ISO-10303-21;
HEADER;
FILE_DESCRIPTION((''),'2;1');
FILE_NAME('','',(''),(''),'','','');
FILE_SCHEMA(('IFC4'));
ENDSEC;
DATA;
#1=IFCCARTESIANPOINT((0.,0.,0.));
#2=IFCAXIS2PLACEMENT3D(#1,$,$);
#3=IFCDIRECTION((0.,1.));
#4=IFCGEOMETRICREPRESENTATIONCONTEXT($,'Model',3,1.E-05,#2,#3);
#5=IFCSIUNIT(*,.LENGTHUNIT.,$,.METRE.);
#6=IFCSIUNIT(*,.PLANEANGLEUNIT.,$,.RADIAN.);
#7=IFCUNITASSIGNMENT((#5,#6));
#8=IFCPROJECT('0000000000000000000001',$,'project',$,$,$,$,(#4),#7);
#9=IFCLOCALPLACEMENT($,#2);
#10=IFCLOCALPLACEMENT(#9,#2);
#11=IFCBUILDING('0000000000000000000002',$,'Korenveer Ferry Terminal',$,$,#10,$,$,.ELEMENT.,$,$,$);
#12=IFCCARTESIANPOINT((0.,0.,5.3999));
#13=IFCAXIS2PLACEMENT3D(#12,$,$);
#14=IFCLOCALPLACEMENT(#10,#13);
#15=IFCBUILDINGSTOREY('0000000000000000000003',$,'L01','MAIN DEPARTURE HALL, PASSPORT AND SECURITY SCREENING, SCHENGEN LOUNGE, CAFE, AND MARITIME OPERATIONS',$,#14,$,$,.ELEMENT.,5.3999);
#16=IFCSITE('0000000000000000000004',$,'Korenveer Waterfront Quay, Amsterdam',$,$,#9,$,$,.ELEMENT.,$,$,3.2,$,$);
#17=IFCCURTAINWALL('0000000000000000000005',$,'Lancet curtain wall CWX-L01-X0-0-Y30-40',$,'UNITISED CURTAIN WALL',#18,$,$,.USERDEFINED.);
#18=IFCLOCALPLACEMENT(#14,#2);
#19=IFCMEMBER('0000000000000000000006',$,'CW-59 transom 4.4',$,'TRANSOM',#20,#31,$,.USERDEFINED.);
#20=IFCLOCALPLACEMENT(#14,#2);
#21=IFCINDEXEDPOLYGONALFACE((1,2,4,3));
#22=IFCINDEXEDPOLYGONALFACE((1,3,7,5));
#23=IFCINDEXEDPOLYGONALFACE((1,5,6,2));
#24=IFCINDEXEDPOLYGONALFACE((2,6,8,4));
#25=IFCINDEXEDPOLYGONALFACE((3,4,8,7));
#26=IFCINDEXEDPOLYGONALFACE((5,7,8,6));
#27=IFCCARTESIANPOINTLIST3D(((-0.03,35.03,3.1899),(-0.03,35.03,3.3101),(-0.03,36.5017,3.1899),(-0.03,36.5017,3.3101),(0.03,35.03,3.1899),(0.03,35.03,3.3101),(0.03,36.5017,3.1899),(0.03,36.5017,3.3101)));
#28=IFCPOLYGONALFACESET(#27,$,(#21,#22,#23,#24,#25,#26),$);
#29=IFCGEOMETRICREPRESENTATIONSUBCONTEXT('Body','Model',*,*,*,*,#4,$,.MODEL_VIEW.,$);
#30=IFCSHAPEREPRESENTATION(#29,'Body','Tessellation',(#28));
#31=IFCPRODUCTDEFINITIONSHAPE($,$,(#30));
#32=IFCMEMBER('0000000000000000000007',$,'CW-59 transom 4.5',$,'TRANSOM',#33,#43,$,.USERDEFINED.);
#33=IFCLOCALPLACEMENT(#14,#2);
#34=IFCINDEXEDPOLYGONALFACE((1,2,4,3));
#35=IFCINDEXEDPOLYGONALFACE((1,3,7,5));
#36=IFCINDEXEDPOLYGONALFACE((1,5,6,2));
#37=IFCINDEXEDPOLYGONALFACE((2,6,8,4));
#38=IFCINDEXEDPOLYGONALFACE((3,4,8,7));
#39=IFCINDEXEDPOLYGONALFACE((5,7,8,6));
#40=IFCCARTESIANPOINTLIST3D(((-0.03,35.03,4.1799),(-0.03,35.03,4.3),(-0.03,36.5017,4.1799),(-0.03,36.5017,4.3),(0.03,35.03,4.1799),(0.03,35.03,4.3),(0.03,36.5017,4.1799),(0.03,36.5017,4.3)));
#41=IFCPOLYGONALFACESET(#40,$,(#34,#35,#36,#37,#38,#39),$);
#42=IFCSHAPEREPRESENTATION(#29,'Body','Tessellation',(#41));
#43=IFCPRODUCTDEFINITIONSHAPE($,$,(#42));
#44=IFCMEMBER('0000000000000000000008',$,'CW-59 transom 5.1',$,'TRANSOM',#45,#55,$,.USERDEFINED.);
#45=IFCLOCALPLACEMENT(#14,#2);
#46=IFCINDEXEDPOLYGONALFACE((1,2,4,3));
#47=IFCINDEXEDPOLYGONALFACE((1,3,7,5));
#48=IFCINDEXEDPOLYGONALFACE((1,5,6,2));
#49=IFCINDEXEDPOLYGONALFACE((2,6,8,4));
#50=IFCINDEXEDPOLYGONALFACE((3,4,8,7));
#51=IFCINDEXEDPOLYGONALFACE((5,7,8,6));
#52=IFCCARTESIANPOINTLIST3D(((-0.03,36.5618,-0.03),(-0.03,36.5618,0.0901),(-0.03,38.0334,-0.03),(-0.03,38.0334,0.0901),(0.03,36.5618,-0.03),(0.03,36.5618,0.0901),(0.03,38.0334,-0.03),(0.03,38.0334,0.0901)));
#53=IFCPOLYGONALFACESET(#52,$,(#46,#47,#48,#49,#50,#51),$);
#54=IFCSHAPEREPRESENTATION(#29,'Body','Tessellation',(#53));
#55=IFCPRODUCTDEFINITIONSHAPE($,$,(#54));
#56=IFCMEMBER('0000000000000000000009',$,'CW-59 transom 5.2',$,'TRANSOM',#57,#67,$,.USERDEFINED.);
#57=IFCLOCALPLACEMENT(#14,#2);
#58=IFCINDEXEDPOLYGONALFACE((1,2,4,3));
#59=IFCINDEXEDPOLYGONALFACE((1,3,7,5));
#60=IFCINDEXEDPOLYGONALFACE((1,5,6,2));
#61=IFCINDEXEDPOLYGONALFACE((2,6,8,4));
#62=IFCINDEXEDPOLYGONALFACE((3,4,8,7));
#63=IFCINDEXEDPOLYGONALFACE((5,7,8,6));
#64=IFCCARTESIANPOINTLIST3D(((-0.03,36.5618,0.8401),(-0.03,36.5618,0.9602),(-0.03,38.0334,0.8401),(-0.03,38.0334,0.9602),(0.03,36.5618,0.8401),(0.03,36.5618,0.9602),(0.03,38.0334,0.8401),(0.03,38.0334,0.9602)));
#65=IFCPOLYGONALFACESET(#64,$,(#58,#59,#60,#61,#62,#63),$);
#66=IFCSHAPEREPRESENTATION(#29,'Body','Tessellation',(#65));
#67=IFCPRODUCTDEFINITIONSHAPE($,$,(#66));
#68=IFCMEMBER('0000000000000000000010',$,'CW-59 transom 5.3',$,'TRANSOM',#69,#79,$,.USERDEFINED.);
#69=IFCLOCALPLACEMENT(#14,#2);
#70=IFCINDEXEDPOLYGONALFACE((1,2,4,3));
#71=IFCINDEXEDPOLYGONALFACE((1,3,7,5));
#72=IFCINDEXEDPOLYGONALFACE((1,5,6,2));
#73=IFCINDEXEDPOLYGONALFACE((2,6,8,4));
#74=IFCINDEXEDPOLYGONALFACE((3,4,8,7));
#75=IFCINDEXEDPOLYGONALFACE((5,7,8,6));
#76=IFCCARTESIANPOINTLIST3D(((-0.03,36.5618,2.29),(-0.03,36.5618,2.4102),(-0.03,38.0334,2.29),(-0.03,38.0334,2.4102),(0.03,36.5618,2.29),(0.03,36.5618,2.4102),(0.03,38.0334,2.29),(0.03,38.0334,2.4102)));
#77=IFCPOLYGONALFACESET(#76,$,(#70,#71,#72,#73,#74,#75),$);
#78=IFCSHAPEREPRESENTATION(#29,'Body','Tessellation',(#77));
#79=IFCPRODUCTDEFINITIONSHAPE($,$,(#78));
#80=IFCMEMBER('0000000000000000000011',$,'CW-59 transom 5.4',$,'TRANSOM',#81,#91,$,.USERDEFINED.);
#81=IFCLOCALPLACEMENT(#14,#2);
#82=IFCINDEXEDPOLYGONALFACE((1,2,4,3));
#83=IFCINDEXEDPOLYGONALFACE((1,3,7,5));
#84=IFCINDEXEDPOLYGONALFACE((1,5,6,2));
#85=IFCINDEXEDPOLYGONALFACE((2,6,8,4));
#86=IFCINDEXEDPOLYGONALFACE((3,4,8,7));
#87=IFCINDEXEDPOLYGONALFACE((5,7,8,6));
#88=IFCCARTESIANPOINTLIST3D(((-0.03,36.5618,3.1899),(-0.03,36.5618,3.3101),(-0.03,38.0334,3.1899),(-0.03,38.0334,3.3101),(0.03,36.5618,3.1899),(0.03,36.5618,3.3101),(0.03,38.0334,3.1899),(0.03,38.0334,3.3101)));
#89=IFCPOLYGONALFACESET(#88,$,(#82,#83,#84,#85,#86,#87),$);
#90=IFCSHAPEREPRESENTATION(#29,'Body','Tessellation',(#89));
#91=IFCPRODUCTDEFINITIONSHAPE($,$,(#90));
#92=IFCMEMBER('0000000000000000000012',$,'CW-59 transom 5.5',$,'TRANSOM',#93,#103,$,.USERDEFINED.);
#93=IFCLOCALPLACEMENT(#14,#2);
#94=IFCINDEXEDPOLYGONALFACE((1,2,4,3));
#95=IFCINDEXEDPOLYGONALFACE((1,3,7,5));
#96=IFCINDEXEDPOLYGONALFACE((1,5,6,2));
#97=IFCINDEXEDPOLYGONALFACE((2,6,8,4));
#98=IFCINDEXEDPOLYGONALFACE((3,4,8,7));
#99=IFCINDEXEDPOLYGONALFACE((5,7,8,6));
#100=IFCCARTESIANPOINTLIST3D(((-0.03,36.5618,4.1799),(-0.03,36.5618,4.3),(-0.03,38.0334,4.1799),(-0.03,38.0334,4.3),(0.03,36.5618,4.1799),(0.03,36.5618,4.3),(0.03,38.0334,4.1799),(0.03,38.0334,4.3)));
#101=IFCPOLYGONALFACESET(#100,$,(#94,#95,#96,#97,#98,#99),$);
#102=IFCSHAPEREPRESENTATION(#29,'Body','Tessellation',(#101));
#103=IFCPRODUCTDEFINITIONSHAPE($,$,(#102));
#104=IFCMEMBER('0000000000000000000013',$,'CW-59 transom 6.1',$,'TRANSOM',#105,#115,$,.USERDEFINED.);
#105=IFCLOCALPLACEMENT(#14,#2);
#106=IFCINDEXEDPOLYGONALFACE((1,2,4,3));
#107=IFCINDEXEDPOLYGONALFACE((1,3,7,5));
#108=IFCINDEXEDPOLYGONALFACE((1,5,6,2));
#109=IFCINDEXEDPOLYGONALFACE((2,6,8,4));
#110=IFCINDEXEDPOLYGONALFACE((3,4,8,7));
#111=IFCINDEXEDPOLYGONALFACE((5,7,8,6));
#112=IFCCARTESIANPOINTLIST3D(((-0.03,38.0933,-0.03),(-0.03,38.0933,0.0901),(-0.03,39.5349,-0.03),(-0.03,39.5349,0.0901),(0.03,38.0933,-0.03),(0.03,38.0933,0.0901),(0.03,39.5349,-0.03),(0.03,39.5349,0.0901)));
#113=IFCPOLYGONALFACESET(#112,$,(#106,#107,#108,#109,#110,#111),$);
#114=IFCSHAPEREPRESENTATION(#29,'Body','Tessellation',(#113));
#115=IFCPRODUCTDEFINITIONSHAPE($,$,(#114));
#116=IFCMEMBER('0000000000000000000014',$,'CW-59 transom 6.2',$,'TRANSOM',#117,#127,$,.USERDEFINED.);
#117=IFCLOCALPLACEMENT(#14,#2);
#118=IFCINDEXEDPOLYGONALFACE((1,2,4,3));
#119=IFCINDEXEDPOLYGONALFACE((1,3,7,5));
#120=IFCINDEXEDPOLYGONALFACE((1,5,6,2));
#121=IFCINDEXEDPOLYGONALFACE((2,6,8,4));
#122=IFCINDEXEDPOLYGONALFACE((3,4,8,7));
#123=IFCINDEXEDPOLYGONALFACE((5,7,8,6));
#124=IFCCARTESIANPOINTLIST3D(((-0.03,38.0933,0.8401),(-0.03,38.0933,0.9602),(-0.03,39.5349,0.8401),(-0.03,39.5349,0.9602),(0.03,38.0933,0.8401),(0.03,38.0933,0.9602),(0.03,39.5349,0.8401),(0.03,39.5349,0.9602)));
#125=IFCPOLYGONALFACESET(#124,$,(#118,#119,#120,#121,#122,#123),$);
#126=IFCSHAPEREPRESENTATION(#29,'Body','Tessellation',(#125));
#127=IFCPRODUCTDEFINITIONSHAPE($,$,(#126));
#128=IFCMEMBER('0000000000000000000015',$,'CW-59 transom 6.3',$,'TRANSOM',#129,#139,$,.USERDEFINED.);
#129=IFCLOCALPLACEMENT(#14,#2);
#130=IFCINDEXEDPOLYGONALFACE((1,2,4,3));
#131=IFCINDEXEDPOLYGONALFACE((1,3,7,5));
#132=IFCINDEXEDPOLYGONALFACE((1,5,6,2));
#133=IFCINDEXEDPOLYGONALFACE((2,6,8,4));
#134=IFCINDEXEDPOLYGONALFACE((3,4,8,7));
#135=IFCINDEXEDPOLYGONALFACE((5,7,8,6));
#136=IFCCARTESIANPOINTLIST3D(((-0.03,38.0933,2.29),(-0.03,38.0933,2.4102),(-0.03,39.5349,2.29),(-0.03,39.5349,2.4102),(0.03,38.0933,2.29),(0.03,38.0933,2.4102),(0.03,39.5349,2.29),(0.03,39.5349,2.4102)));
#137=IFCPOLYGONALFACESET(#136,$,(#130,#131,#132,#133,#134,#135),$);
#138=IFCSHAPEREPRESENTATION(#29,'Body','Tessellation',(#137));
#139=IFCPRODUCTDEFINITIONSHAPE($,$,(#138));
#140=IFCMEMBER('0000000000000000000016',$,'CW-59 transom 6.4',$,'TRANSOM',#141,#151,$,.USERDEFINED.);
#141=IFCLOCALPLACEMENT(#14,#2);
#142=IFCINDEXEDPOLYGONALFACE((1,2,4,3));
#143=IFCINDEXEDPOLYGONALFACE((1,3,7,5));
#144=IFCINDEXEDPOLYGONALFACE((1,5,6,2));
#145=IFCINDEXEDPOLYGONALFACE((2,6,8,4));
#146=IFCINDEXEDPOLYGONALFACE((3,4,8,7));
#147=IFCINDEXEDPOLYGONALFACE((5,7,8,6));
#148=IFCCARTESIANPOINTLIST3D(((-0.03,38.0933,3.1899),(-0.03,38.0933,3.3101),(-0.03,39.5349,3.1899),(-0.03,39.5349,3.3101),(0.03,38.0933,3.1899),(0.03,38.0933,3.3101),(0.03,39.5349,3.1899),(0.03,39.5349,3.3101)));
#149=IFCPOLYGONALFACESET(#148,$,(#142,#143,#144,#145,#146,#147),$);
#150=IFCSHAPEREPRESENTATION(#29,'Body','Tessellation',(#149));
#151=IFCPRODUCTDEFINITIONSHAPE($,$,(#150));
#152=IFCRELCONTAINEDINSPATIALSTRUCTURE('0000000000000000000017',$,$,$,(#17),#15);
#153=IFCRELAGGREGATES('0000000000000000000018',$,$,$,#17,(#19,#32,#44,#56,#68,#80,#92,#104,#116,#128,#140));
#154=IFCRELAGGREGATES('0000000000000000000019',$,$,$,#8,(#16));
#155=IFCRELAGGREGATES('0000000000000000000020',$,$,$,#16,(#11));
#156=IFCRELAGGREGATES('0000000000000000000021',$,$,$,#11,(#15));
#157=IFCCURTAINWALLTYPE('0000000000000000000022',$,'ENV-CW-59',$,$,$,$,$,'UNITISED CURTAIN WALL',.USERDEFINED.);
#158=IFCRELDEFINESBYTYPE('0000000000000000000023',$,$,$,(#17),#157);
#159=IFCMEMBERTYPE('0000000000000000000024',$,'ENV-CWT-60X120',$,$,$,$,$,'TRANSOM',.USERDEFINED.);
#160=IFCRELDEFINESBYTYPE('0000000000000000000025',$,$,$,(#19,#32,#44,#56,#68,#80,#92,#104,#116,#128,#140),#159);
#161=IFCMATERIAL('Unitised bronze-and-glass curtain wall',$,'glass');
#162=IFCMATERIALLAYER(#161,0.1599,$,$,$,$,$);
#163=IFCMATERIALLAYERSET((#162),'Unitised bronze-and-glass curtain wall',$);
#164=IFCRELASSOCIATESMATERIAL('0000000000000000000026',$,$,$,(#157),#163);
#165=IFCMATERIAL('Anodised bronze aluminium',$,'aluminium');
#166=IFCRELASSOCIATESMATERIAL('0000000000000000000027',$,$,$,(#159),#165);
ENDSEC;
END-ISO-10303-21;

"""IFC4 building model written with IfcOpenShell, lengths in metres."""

from ifc_helpers import new_model, si_unit, direction, frame, origin, origin_2d, place, context, subcontext, project, spatial, rectangle, extrude, material, layer, layer_set, material_profile, profile_set, type_object, element, aggregate, save


model = new_model("IFC4")

# Units and contexts
model_context = context("Model", 3, precision=1e-05, world=origin(), true_north=direction((0.0, 1.0)))
body_context = subcontext(model_context, "Body", "Model", "MODEL_VIEW")
ifc_project = project(units=[si_unit("LENGTHUNIT", "METRE"), si_unit("PLANEANGLEUNIT", "RADIAN")], contexts=[model_context])

# Site, building, storey
site_placement = place(None, origin())
site = spatial("IfcSite", under=ifc_project, at=site_placement, Name="Korenveer Waterfront Quay, Amsterdam", CompositionType="ELEMENT", RefElevation=3.2)
building_placement = place(site_placement, origin())
building = spatial("IfcBuilding", under=site, at=building_placement, Name="Korenveer Ferry Terminal", CompositionType="ELEMENT")
storey_placement = place(building_placement, frame((0.0, 0.0, 5.3999)))
storey = spatial("IfcBuildingStorey", under=building, at=storey_placement, Name="L01", Description="MAIN DEPARTURE HALL, PASSPORT AND SECURITY SCREENING, SCHENGEN LOUNGE, CAFE, AND MARITIME OPERATIONS", CompositionType="ELEMENT", Elevation=5.3999)

# Curtain wall, members
ifc_material_1 = material(Name="Unitised bronze-and-glass curtain wall", Category="glass")
ifc_layer_1 = layer(ifc_material_1, 0.1599)
ifc_layer_set_1 = layer_set([ifc_layer_1], Name="Unitised bronze-and-glass curtain wall")
curtain_wall_type = type_object("IfcCurtainWallType", Name="ENV-CW-59", ElementType="UNITISED CURTAIN WALL", PredefinedType="USERDEFINED", material=ifc_layer_set_1)
curtain_wall_placement = place(storey_placement, frame((0.0, 30.405, 0.0)))
curtain_wall = element("IfcCurtainWall", 1, at=curtain_wall_placement, inside=storey, type_object=curtain_wall_type, Name="Lancet curtain wall CWX-L01-X0-0-Y30-40", ObjectType="UNITISED CURTAIN WALL", PredefinedType="USERDEFINED")
ifc_material_2 = material(Name="Anodised bronze aluminium", Category="aluminium")
ifc_material_profile_1 = material_profile(ifc_material_2, rectangle(XDim=0.0601, YDim=0.1201, at=origin_2d()), Name="ALU 60x120")
ifc_profile_set_1 = profile_set([ifc_material_profile_1], Name="Anodised bronze aluminium")
member_type_1 = type_object("IfcMemberType", Name="ENV-CWT-60X120", ElementType="TRANSOM", PredefinedType="USERDEFINED", material=ifc_profile_set_1)
member_1_placement = place(storey_placement, frame((0.0, 35.03, 3.25), z_axis=(0.0, 1.0, 0.0), x_axis=(-1.0, 0.0, 0.0)))
member_1 = element("IfcMember", 2, at=member_1_placement, type_object=member_type_1, Name="CW-59 transom 4.4", ObjectType="TRANSOM", PredefinedType="USERDEFINED", context=body_context, shape_type="SweptSolid", body=[
    extrude(rectangle(XDim=0.0601, YDim=0.1201, at=origin_2d()), origin(), (0.0, 0.0, 1.0), 1.4717),
])
member_2_placement = place(storey_placement, frame((0.0, 35.03, 4.24), z_axis=(0.0, 1.0, 0.0), x_axis=(-1.0, 0.0, 0.0)))
member_2 = element("IfcMember", 3, at=member_2_placement, type_object=member_type_1, Name="CW-59 transom 4.5", ObjectType="TRANSOM", PredefinedType="USERDEFINED", context=body_context, shape_type="SweptSolid", body=[
    extrude(rectangle(XDim=0.0601, YDim=0.1201, at=origin_2d()), origin(), (0.0, 0.0, 1.0), 1.4717),
])
member_3_placement = place(storey_placement, frame((0.0, 36.5618, 0.03), z_axis=(0.0, 1.0, 0.0), x_axis=(-1.0, 0.0, 0.0)))
member_3 = element("IfcMember", 4, at=member_3_placement, type_object=member_type_1, Name="CW-59 transom 5.1", ObjectType="TRANSOM", PredefinedType="USERDEFINED", context=body_context, shape_type="SweptSolid", body=[
    extrude(rectangle(XDim=0.0601, YDim=0.1201, at=origin_2d()), origin(), (0.0, 0.0, 1.0), 1.4717),
])
member_4_placement = place(storey_placement, frame((0.0, 36.5618, 0.9001), z_axis=(0.0, 1.0, 0.0), x_axis=(-1.0, 0.0, 0.0)))
member_4 = element("IfcMember", 5, at=member_4_placement, type_object=member_type_1, Name="CW-59 transom 5.2", ObjectType="TRANSOM", PredefinedType="USERDEFINED", context=body_context, shape_type="SweptSolid", body=[
    extrude(rectangle(XDim=0.0601, YDim=0.1201, at=origin_2d()), origin(), (0.0, 0.0, 1.0), 1.4717),
])
member_5_placement = place(storey_placement, frame((0.0, 36.5618, 2.3501), z_axis=(0.0, 1.0, 0.0), x_axis=(-1.0, 0.0, 0.0)))
member_5 = element("IfcMember", 6, at=member_5_placement, type_object=member_type_1, Name="CW-59 transom 5.3", ObjectType="TRANSOM", PredefinedType="USERDEFINED", context=body_context, shape_type="SweptSolid", body=[
    extrude(rectangle(XDim=0.0601, YDim=0.1201, at=origin_2d()), origin(), (0.0, 0.0, 1.0), 1.4717),
])
member_6_placement = place(storey_placement, frame((0.0, 36.5618, 3.25), z_axis=(0.0, 1.0, 0.0), x_axis=(-1.0, 0.0, 0.0)))
member_6 = element("IfcMember", 7, at=member_6_placement, type_object=member_type_1, Name="CW-59 transom 5.4", ObjectType="TRANSOM", PredefinedType="USERDEFINED", context=body_context, shape_type="SweptSolid", body=[
    extrude(rectangle(XDim=0.0601, YDim=0.1201, at=origin_2d()), origin(), (0.0, 0.0, 1.0), 1.4717),
])
member_7_placement = place(storey_placement, frame((0.0, 36.5618, 4.24), z_axis=(0.0, 1.0, 0.0), x_axis=(-1.0, 0.0, 0.0)))
member_7 = element("IfcMember", 8, at=member_7_placement, type_object=member_type_1, Name="CW-59 transom 5.5", ObjectType="TRANSOM", PredefinedType="USERDEFINED", context=body_context, shape_type="SweptSolid", body=[
    extrude(rectangle(XDim=0.0601, YDim=0.1201, at=origin_2d()), origin(), (0.0, 0.0, 1.0), 1.4717),
])
member_8_placement = place(storey_placement, frame((0.0, 38.0933, 0.03), z_axis=(0.0, 1.0, 0.0), x_axis=(-1.0, 0.0, 0.0)))
member_8 = element("IfcMember", 9, at=member_8_placement, type_object=member_type_1, Name="CW-59 transom 6.1", ObjectType="TRANSOM", PredefinedType="USERDEFINED", context=body_context, shape_type="SweptSolid", body=[
    extrude(rectangle(XDim=0.0601, YDim=0.1201, at=origin_2d()), origin(), (0.0, 0.0, 1.0), 1.4417),
])
member_9_placement = place(storey_placement, frame((0.0, 38.0933, 0.9001), z_axis=(0.0, 1.0, 0.0), x_axis=(-1.0, 0.0, 0.0)))
member_9 = element("IfcMember", 10, at=member_9_placement, type_object=member_type_1, Name="CW-59 transom 6.2", ObjectType="TRANSOM", PredefinedType="USERDEFINED", context=body_context, shape_type="SweptSolid", body=[
    extrude(rectangle(XDim=0.0601, YDim=0.1201, at=origin_2d()), origin(), (0.0, 0.0, 1.0), 1.4417),
])
member_10_placement = place(storey_placement, frame((0.0, 38.0933, 2.3501), z_axis=(0.0, 1.0, 0.0), x_axis=(-1.0, 0.0, 0.0)))
member_10 = element("IfcMember", 11, at=member_10_placement, type_object=member_type_1, Name="CW-59 transom 6.3", ObjectType="TRANSOM", PredefinedType="USERDEFINED", context=body_context, shape_type="SweptSolid", body=[
    extrude(rectangle(XDim=0.0601, YDim=0.1201, at=origin_2d()), origin(), (0.0, 0.0, 1.0), 1.4417),
])
member_11_placement = place(storey_placement, frame((0.0, 38.0933, 3.25), z_axis=(0.0, 1.0, 0.0), x_axis=(-1.0, 0.0, 0.0)))
member_11 = element("IfcMember", 12, at=member_11_placement, type_object=member_type_1, Name="CW-59 transom 6.4", ObjectType="TRANSOM", PredefinedType="USERDEFINED", context=body_context, shape_type="SweptSolid", body=[
    extrude(rectangle(XDim=0.0601, YDim=0.1201, at=origin_2d()), origin(), (0.0, 0.0, 1.0), 1.4417),
])

aggregate(curtain_wall, [member_1, member_2, member_3, member_4, member_5, member_6, member_7, member_8, member_9, member_10, member_11])

save(model, "model.ifc")
